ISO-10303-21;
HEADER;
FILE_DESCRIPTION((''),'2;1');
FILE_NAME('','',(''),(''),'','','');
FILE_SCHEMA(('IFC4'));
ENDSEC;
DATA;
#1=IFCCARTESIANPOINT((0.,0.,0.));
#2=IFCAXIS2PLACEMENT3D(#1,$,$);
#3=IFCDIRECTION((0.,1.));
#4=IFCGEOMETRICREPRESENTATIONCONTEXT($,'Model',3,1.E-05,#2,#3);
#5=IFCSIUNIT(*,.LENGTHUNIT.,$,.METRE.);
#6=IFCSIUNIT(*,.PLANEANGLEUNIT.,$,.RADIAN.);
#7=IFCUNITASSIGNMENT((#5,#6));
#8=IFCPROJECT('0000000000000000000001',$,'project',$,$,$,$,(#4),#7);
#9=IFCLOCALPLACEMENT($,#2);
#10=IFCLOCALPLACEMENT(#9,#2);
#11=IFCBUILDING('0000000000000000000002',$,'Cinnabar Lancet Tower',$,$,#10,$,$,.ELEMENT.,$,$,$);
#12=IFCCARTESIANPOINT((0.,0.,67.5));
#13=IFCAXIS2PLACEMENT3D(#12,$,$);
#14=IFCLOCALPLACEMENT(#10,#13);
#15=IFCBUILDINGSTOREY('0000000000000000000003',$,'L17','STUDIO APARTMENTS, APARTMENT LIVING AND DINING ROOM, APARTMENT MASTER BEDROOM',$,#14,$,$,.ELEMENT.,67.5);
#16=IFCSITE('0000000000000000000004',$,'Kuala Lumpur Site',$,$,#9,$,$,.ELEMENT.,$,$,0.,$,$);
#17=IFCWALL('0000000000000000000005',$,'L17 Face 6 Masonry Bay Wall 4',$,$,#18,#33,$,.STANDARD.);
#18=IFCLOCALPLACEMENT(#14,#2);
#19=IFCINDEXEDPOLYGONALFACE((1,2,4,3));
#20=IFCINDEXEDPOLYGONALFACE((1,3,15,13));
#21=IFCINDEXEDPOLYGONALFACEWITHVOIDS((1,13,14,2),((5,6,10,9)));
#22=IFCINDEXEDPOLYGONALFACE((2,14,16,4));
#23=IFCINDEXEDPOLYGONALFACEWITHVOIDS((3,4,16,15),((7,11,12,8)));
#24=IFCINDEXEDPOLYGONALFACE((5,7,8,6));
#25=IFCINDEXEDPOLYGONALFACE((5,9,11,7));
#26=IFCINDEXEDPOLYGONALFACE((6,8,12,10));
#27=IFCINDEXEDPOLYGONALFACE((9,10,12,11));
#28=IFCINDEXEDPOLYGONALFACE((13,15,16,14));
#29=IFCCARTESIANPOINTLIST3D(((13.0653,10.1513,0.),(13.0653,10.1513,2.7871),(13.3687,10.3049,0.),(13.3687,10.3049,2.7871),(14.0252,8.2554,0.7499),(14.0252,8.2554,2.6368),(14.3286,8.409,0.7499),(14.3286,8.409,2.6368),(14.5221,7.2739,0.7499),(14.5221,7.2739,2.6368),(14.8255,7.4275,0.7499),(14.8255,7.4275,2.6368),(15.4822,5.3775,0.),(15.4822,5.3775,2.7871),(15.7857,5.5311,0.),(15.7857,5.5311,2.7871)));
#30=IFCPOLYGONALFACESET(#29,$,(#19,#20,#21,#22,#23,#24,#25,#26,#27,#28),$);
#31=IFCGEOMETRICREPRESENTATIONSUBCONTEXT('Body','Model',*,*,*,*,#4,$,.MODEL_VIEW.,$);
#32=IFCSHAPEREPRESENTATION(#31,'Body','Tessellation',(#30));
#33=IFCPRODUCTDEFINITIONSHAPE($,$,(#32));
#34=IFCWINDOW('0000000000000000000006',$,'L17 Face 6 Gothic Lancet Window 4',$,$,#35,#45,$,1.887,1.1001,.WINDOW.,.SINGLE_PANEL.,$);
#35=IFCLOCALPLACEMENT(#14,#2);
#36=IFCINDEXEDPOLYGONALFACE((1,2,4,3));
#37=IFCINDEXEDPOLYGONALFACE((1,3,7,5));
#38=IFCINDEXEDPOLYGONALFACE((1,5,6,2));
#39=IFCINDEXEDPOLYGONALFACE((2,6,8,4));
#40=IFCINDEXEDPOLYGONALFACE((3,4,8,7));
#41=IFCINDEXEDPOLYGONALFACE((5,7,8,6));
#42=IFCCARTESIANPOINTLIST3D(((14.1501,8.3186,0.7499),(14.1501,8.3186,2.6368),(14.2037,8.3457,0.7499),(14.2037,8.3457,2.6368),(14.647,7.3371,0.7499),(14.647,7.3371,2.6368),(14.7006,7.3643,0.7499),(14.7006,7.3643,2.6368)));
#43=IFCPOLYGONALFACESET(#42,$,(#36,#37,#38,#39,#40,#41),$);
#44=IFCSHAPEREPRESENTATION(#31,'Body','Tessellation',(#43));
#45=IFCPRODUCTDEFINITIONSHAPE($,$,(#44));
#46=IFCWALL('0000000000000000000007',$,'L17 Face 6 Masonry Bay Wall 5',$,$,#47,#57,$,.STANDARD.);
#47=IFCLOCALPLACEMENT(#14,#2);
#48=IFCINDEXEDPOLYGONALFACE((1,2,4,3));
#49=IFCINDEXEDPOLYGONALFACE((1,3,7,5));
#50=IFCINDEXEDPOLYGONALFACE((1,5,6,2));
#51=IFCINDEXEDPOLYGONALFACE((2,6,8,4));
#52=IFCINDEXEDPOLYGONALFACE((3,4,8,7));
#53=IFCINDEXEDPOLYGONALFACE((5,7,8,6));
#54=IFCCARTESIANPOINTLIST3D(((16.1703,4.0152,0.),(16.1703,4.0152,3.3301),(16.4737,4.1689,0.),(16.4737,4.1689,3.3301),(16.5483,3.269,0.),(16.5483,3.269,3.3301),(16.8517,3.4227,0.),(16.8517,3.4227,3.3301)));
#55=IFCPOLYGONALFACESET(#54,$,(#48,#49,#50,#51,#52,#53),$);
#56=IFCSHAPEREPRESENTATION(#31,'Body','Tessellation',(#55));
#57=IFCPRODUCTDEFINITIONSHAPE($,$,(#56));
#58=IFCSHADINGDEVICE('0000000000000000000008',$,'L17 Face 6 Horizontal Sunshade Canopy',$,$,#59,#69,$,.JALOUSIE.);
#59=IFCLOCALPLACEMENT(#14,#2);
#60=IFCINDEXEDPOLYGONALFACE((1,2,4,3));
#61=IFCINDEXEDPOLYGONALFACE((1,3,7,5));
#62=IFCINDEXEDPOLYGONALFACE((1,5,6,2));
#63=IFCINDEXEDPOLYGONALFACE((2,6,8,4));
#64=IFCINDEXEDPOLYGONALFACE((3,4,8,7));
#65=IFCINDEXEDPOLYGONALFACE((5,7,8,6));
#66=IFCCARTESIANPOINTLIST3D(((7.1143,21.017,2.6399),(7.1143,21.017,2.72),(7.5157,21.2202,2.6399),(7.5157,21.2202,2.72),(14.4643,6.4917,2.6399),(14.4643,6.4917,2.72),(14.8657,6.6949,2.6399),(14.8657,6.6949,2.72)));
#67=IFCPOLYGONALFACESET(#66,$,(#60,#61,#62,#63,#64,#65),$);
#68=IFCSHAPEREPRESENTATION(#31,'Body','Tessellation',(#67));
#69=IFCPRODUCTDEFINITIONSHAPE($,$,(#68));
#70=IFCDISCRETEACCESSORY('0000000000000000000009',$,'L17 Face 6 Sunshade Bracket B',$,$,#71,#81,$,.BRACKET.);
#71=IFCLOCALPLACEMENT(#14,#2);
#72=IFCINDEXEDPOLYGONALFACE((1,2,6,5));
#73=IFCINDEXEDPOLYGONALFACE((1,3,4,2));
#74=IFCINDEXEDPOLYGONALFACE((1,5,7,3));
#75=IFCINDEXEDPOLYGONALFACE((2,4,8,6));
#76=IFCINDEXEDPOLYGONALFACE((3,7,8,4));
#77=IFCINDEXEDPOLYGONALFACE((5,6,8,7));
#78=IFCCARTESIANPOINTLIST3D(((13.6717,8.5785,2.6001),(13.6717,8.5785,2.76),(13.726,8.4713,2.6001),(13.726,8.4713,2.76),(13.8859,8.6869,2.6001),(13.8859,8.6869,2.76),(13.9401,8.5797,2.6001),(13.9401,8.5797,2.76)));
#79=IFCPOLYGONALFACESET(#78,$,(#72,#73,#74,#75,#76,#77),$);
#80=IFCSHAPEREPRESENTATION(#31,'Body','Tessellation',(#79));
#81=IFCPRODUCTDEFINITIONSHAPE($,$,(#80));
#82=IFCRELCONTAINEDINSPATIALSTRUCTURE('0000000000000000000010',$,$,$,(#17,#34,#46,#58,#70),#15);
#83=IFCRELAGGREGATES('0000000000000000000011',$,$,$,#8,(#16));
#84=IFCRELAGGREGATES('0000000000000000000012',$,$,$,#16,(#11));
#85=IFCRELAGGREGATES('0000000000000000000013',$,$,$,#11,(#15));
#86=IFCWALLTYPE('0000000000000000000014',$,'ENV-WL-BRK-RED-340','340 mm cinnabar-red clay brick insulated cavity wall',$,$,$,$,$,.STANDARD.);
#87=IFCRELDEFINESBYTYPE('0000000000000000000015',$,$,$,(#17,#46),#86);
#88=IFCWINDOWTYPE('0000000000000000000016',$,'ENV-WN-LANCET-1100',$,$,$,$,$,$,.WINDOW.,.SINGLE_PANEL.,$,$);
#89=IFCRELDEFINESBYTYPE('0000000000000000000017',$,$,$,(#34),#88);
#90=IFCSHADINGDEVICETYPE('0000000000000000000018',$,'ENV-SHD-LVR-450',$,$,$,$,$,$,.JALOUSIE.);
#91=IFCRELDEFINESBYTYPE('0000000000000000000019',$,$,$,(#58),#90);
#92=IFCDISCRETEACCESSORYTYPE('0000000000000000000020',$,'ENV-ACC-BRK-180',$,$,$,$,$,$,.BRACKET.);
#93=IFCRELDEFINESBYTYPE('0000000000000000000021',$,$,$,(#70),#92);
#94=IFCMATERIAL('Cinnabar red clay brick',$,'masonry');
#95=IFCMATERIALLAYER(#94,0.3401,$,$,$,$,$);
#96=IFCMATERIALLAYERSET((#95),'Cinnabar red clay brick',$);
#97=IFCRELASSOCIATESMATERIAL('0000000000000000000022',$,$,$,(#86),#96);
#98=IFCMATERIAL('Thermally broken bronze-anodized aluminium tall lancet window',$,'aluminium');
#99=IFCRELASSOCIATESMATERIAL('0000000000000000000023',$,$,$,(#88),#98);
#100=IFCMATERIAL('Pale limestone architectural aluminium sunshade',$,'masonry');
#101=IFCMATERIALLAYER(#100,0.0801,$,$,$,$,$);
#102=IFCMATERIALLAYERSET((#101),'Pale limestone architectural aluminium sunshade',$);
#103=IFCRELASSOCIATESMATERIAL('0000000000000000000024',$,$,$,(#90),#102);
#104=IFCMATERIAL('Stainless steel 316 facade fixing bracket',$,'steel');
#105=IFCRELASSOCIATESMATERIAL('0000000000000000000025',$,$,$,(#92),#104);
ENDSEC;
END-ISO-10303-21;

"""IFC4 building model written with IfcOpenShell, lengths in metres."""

from ifc_helpers import new_model, si_unit, direction, frame, frame_2d, origin, origin_2d, place, context, subcontext, project, spatial, rectangle, extrude, material, layer, layer_set, type_object, element, fill, save


model = new_model("IFC4")

# Units and contexts
model_context = context("Model", 3, precision=1e-05, world=origin(), true_north=direction((0.0, 1.0)))
body_context = subcontext(model_context, "Body", "Model", "MODEL_VIEW")
ifc_project = project(units=[si_unit("LENGTHUNIT", "METRE"), si_unit("PLANEANGLEUNIT", "RADIAN")], contexts=[model_context])

# Site, building, storey
site_placement = place(None, origin())
site = spatial("IfcSite", under=ifc_project, at=site_placement, Name="Kuala Lumpur Site", CompositionType="ELEMENT", RefElevation=0.0)
building_placement = place(site_placement, origin())
building = spatial("IfcBuilding", under=site, at=building_placement, Name="Cinnabar Lancet Tower", CompositionType="ELEMENT")
storey_placement = place(building_placement, frame((0.0, 0.0, 67.5)))
storey = spatial("IfcBuildingStorey", under=building, at=storey_placement, Name="L17", Description="STUDIO APARTMENTS, APARTMENT LIVING AND DINING ROOM, APARTMENT MASTER BEDROOM", CompositionType="ELEMENT", Elevation=67.5)

# Shared definitions
ifc_material_1 = material(Name="Cinnabar red clay brick", Category="masonry")
ifc_layer_1 = layer(ifc_material_1, 0.3401)
ifc_layer_set_1 = layer_set([ifc_layer_1], Name="Cinnabar red clay brick")
wall_type = type_object("IfcWallType", Name="ENV-WL-BRK-RED-340", Description="340 mm cinnabar-red clay brick insulated cavity wall", PredefinedType="STANDARD", material=ifc_layer_set_1)

# Wall, opening, window
wall_1_placement = place(storey_placement, frame((13.217, 10.228, 0.0), z_axis=(0.0, 0.0, 1.0), x_axis=(0.451698, -0.892171, 0.0)))
wall_1 = element("IfcWall", 1, at=wall_1_placement, inside=storey, type_object=wall_type, Name="L17 Face 6 Masonry Bay Wall 4", PredefinedType="STANDARD", context=body_context, shape_type="SweptSolid", body=[
    extrude(rectangle(XDim=5.3508, YDim=0.3401, at=frame_2d((2.6753, 0.0))), origin(), (0.0, 0.0, 1.0), 2.7871),
])
opening_placement = place(wall_1_placement, frame((2.125, 0.0, 0.75)))
opening = element("IfcOpeningElement", 2, at=opening_placement, cuts=wall_1, PredefinedType="OPENING", context=body_context, shape_type="SweptSolid", body=[
    extrude(rectangle(XDim=1.1001, YDim=1.887, at=frame_2d((0.55, 0.9434))), frame((0.0, 0.1799, 0.0), z_axis=(0.0, -1.0, 0.0), x_axis=(1.0, 0.0, 0.0)), (0.0, 0.0, 1.0), 0.3601),
])
ifc_material_2 = material(Name="Thermally broken bronze-anodized aluminium tall lancet window", Category="aluminium")
window_type = type_object("IfcWindowType", Name="ENV-WN-LANCET-1100", PartitioningType="SINGLE_PANEL", PredefinedType="WINDOW", material=ifc_material_2)
window_placement = place(opening_placement, origin())
window = element("IfcWindow", 3, at=window_placement, inside=storey, type_object=window_type, Name="L17 Face 6 Gothic Lancet Window 4", OverallHeight=1.887, OverallWidth=1.1001, PartitioningType="SINGLE_PANEL", PredefinedType="WINDOW", context=body_context, shape_type="SweptSolid", body=[
    extrude(rectangle(XDim=1.1001, YDim=1.887, at=frame_2d((0.55, 0.9434))), frame((0.0, 0.03, 0.0), z_axis=(0.0, -1.0, 0.0), x_axis=(1.0, 0.0, 0.0)), (0.0, 0.0, 1.0), 0.0601),
])
fill(opening, window)

# Wall
wall_2_placement = place(storey_placement, frame((16.322, 4.092, 0.0), z_axis=(0.0, 0.0, 1.0), x_axis=(0.451878, -0.89208, 0.0)))
element("IfcWall", 4, at=wall_2_placement, inside=storey, type_object=wall_type, Name="L17 Face 6 Masonry Bay Wall 5", PredefinedType="STANDARD", context=body_context, shape_type="SweptSolid", body=[
    extrude(rectangle(XDim=0.8364, YDim=0.3401, at=frame_2d((0.4182, 0.0))), origin(), (0.0, 0.0, 1.0), 3.3301),
])

# Shading device
ifc_material_3 = material(Name="Pale limestone architectural aluminium sunshade", Category="masonry")
ifc_layer_2 = layer(ifc_material_3, 0.0801)
ifc_layer_set_2 = layer_set([ifc_layer_2], Name="Pale limestone architectural aluminium sunshade")
shading_device_type = type_object("IfcShadingDeviceType", Name="ENV-SHD-LVR-450", PredefinedType="JALOUSIE", material=ifc_layer_set_2)
shading_device_placement = place(storey_placement, frame((10.99, 13.856, 2.6399), z_axis=(0.0, 0.0, 1.0), x_axis=(0.451501, -0.892271, 0.0)))
element("IfcShadingDevice", 5, at=shading_device_placement, inside=storey, type_object=shading_device_type, Name="L17 Face 6 Horizontal Sunshade Canopy", PredefinedType="JALOUSIE", context=body_context, shape_type="SweptSolid", body=[
    extrude(rectangle(XDim=16.2791, YDim=0.45, at=origin_2d()), origin(), (0.0, 0.0, 1.0), 0.0801),
])

# Discrete accessory
ifc_material_4 = material(Name="Stainless steel 316 facade fixing bracket", Category="steel")
discrete_accessory_type = type_object("IfcDiscreteAccessoryType", Name="ENV-ACC-BRK-180", PredefinedType="BRACKET", material=ifc_material_4)
discrete_accessory_placement = place(storey_placement, frame((13.8059, 8.5791, 2.6001), z_axis=(0.0, 0.0, 1.0), x_axis=(0.451501, -0.892271, 0.0)))
element("IfcDiscreteAccessory", 6, at=discrete_accessory_placement, inside=storey, type_object=discrete_accessory_type, Name="L17 Face 6 Sunshade Bracket B", PredefinedType="BRACKET", context=body_context, shape_type="SweptSolid", body=[
    extrude(rectangle(XDim=0.1201, YDim=0.24, at=origin_2d()), origin(), (0.0, 0.0, 1.0), 0.1599),
])

save(model, "model.ifc")
